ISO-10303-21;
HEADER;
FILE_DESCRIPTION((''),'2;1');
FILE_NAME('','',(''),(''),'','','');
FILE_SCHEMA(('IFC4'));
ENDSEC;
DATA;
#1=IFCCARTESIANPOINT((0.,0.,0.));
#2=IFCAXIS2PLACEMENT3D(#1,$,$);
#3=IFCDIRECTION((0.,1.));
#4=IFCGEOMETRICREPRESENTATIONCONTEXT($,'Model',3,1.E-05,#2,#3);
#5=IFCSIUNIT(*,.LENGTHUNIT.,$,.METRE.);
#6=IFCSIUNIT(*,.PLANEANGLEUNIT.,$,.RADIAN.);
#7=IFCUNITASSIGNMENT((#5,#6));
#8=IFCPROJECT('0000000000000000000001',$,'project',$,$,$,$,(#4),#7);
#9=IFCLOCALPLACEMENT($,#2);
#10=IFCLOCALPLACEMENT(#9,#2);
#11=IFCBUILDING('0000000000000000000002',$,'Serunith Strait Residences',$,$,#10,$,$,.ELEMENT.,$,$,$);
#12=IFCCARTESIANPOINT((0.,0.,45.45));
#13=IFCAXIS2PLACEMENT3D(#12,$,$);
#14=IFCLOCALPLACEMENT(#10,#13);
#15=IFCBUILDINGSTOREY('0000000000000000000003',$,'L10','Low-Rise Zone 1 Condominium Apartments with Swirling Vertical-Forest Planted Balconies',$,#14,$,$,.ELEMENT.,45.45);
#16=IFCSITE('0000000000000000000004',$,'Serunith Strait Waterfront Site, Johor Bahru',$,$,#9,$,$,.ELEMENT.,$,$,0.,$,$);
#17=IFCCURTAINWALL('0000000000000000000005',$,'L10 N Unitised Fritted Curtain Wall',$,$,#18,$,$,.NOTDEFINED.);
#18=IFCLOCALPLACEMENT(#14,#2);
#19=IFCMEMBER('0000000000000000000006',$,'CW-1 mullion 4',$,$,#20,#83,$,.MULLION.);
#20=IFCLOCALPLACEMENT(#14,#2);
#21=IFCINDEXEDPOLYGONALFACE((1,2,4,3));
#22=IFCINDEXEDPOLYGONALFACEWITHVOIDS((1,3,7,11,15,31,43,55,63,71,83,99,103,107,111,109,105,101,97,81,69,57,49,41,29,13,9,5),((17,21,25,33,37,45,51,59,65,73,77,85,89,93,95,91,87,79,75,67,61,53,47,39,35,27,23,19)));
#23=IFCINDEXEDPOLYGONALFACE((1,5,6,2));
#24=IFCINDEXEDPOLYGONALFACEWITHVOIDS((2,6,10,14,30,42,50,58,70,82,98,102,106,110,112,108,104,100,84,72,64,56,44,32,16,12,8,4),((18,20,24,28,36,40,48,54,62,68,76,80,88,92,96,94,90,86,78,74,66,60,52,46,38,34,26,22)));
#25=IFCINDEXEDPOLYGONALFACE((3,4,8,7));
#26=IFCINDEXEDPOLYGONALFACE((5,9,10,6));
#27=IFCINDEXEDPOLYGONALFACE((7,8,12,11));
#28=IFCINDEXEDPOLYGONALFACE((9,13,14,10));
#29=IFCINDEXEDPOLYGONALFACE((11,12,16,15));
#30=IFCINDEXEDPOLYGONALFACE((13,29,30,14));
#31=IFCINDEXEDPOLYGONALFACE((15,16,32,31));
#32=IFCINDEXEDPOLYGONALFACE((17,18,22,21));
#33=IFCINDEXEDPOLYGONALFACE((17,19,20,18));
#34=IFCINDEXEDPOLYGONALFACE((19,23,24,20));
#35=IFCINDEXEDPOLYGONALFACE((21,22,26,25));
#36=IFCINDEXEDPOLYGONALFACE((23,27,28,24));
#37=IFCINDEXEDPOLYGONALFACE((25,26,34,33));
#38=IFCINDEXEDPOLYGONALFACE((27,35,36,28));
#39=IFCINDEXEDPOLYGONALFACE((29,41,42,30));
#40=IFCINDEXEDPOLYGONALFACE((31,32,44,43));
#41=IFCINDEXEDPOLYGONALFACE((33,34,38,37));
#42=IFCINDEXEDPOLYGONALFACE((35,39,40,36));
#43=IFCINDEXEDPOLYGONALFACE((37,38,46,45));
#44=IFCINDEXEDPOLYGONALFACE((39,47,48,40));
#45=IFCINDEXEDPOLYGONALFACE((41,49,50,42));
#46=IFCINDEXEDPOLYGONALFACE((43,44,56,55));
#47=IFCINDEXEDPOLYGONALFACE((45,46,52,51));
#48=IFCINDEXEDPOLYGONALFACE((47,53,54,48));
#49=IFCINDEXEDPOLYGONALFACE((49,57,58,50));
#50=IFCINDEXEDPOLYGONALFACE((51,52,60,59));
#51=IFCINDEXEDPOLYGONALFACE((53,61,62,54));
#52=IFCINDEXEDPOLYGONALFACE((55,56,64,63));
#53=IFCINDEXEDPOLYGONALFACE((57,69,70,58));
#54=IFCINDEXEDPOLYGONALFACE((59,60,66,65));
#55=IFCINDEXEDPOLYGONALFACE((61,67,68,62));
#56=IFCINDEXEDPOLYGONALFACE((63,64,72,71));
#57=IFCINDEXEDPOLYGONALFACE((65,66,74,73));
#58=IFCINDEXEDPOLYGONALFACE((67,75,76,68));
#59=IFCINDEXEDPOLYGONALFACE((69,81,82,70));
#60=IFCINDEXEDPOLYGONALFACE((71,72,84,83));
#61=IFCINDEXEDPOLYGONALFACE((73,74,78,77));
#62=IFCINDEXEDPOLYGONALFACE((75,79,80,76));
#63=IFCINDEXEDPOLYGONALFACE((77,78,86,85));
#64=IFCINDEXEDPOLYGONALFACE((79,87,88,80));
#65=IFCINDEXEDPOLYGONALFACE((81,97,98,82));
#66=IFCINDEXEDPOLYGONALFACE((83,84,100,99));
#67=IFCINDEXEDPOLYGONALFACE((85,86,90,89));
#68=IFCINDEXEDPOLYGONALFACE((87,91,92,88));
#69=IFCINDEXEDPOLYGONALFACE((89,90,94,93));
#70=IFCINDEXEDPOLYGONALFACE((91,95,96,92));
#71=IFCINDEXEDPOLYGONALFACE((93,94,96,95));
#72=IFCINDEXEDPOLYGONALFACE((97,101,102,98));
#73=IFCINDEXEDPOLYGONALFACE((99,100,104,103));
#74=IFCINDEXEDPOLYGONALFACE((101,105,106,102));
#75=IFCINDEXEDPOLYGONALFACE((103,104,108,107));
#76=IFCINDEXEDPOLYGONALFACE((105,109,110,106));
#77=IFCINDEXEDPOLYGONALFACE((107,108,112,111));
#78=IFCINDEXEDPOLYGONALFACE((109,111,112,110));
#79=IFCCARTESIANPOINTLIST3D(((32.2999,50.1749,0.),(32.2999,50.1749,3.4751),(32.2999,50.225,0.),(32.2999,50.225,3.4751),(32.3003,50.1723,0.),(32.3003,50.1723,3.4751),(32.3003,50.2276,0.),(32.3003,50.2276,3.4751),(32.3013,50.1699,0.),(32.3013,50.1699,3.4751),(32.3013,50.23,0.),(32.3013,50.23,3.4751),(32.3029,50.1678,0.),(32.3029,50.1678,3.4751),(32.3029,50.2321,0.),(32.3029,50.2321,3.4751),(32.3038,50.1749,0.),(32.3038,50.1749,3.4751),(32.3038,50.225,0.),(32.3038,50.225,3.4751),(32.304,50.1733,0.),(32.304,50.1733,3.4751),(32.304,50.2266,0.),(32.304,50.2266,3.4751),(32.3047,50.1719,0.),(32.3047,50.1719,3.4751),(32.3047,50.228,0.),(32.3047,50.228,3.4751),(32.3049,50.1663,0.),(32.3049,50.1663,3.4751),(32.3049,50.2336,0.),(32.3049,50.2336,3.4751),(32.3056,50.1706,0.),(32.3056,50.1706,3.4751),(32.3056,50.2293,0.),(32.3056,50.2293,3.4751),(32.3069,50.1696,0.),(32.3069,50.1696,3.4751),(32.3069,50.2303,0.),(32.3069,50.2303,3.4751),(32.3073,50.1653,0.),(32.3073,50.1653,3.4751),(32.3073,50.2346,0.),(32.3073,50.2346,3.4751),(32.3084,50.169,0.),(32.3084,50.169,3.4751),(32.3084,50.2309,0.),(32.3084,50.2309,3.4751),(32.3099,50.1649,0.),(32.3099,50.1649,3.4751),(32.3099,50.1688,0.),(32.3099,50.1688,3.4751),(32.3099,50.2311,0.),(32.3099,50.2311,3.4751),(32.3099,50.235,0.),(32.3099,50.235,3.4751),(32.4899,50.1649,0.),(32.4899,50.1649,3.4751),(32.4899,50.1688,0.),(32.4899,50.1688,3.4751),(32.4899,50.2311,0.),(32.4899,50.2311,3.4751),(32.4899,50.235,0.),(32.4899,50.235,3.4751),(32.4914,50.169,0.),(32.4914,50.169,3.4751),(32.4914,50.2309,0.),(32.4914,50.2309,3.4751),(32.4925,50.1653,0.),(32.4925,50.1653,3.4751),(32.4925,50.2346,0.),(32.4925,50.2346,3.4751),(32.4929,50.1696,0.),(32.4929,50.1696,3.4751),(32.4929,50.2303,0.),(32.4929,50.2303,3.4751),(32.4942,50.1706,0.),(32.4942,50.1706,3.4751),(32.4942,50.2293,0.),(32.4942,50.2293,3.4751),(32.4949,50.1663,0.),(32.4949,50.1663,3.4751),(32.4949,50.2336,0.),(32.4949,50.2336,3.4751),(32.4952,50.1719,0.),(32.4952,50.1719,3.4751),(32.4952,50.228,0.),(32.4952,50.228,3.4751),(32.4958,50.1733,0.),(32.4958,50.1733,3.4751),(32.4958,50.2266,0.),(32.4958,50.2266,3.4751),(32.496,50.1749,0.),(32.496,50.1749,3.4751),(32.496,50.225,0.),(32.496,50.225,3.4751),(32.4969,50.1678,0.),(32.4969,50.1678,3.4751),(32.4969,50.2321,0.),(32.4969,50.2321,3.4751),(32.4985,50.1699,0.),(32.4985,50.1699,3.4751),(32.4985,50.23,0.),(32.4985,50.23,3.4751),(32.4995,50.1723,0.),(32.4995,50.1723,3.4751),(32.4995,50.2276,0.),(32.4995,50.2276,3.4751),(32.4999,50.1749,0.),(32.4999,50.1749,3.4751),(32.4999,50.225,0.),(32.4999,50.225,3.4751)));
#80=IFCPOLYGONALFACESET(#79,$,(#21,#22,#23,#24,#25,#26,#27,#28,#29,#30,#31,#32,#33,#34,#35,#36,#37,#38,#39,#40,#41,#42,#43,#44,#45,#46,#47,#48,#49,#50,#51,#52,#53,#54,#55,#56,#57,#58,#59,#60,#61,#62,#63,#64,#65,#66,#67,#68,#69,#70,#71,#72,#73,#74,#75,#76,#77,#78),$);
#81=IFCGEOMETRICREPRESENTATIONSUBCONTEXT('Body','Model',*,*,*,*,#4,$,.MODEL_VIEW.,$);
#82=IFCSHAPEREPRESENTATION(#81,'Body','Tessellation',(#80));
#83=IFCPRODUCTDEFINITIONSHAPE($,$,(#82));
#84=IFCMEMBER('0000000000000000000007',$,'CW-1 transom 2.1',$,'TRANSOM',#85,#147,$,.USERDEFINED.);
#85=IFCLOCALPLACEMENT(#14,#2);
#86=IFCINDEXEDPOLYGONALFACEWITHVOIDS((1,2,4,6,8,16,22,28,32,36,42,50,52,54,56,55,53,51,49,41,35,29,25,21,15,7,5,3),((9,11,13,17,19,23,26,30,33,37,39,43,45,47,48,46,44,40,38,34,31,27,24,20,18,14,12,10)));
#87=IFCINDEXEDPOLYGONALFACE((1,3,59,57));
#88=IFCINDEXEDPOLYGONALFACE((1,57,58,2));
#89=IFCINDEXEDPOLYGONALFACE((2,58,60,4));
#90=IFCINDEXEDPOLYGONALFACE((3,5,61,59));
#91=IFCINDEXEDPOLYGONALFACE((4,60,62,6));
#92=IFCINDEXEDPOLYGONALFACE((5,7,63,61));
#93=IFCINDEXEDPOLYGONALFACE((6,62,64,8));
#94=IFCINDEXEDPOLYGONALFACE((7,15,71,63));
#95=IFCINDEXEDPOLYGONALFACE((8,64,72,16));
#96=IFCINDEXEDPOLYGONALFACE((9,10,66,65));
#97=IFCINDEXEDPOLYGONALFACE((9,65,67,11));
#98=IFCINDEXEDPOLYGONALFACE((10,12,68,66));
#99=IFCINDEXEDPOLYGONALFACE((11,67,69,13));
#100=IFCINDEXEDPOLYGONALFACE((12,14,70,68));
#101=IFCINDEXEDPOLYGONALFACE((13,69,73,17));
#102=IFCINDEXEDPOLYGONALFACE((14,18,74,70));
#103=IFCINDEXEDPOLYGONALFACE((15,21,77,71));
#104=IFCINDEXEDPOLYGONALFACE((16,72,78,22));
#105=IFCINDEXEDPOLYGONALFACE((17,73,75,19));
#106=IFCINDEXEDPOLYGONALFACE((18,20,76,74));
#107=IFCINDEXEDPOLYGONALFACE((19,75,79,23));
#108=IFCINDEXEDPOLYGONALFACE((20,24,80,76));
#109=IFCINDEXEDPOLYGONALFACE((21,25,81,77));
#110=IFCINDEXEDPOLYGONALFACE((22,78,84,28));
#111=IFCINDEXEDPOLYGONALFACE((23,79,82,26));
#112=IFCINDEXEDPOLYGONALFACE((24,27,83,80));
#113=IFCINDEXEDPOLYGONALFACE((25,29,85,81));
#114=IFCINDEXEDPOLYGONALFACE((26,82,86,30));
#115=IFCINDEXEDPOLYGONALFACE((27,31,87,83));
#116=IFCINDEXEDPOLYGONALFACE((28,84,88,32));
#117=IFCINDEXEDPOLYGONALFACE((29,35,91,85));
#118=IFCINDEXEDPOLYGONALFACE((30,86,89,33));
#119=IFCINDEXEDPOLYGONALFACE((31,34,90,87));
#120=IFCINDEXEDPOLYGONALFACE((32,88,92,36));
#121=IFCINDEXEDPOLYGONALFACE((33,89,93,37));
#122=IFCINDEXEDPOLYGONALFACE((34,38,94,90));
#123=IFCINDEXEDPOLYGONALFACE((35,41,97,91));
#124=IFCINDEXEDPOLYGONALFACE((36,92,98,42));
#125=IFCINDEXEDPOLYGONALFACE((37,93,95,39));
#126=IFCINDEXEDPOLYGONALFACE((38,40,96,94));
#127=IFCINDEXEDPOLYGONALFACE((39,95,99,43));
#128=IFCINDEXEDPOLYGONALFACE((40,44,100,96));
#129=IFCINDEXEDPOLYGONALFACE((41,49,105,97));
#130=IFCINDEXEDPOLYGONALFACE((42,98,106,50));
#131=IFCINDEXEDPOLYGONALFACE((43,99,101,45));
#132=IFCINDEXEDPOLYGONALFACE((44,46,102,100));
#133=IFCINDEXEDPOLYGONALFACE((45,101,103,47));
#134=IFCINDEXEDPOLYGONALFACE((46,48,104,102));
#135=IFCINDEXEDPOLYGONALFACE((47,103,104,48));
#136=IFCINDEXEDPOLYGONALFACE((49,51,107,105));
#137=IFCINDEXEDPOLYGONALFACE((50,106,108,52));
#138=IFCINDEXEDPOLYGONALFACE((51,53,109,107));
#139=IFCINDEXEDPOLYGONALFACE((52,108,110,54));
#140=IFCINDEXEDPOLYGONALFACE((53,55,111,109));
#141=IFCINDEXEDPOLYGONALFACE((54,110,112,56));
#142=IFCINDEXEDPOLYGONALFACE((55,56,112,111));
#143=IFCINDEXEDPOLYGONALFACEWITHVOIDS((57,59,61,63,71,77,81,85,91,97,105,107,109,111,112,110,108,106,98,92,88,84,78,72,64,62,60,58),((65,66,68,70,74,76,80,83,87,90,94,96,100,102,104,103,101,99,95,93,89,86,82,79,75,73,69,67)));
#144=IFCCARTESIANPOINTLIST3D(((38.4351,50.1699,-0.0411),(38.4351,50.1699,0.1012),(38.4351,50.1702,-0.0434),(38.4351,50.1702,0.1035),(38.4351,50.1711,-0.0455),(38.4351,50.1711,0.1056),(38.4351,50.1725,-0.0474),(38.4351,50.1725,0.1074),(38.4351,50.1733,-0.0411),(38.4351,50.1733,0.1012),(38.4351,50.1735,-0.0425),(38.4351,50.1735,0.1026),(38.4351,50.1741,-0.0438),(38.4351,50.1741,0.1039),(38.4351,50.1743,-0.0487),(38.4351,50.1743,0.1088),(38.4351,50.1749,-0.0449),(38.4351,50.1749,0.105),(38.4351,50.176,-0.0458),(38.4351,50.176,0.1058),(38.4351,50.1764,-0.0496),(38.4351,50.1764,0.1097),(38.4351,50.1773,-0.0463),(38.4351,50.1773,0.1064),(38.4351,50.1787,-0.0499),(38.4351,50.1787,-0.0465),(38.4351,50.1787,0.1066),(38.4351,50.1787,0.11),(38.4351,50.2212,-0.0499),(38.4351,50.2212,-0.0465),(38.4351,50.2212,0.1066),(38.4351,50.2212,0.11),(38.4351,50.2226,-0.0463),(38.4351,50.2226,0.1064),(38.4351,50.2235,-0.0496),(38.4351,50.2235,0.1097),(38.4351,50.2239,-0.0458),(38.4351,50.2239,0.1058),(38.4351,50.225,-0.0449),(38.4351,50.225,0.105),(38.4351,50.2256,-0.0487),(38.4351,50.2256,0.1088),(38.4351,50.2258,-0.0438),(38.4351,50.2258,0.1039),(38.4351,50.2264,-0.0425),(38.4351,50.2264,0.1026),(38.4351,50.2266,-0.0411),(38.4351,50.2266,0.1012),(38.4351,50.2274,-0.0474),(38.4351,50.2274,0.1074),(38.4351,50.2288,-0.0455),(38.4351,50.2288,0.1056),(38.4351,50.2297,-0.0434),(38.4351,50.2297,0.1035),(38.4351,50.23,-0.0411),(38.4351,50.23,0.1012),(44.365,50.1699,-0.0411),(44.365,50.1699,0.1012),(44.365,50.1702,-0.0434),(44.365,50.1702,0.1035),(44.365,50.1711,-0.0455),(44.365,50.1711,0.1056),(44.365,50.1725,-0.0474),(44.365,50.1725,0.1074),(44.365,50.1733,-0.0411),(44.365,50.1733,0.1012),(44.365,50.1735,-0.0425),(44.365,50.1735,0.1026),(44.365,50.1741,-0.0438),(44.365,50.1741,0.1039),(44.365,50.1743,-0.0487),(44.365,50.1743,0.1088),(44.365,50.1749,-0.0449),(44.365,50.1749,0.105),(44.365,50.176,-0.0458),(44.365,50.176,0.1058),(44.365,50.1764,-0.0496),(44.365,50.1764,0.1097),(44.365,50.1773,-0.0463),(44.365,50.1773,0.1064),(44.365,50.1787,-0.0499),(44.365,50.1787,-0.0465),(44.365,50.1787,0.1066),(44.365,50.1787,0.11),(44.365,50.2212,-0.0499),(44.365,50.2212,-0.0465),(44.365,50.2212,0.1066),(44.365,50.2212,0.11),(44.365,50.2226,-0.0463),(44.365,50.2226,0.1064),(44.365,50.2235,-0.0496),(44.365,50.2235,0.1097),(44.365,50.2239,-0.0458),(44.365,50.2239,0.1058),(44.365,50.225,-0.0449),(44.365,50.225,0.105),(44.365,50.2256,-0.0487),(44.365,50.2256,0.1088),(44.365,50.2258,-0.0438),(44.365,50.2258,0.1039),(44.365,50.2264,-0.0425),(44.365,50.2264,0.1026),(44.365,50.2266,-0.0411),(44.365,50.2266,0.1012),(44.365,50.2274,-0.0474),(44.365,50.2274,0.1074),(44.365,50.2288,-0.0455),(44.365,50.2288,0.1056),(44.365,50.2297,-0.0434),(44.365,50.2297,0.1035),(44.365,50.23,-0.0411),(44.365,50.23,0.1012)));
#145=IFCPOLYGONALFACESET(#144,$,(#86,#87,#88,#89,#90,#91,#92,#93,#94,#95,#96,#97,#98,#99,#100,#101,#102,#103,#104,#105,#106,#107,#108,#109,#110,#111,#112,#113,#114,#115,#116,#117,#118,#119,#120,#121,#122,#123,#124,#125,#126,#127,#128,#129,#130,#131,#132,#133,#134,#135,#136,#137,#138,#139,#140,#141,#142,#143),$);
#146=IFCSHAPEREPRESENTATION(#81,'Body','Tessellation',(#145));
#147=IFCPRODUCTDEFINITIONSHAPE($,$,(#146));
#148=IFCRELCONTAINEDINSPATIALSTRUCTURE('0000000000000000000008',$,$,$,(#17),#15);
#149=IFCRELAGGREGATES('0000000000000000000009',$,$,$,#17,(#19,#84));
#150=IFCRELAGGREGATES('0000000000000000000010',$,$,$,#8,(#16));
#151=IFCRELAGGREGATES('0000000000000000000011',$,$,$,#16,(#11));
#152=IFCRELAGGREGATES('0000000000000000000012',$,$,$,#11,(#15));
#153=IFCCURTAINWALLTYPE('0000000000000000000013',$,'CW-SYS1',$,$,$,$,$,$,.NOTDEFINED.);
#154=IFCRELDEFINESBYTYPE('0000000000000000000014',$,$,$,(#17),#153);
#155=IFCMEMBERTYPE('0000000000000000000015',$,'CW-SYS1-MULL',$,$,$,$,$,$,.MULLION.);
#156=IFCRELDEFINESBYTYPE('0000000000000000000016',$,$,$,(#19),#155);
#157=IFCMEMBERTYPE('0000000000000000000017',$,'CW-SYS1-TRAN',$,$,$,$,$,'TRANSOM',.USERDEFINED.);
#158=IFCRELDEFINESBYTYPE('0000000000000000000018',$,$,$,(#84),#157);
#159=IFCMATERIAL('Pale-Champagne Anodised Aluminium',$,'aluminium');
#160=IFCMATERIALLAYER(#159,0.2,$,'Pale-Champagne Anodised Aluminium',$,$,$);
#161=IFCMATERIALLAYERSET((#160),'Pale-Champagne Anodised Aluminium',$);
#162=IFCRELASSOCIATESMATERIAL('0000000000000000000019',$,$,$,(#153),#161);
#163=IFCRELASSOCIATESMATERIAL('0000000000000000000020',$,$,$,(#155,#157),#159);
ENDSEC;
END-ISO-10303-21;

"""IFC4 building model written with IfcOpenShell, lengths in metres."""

from ifc_helpers import new_model, si_unit, direction, frame, origin, origin_2d, place, context, subcontext, project, spatial, hollow_rectangle, extrude, source, transform, mapped, material, layer, layer_set, material_profile, profile_set, type_object, element, aggregate, save


model = new_model("IFC4")

# Units and contexts
model_context = context("Model", 3, precision=1e-05, world=origin(), true_north=direction((0.0, 1.0)))
body_context = subcontext(model_context, "Body", "Model", "MODEL_VIEW")
ifc_project = project(units=[si_unit("LENGTHUNIT", "METRE"), si_unit("PLANEANGLEUNIT", "RADIAN")], contexts=[model_context])

# Site, building, storey
site_placement = place(None, origin())
site = spatial("IfcSite", under=ifc_project, at=site_placement, Name="Serunith Strait Waterfront Site, Johor Bahru", CompositionType="ELEMENT", RefElevation=0.0)
building_placement = place(site_placement, origin())
building = spatial("IfcBuilding", under=site, at=building_placement, Name="Serunith Strait Residences", CompositionType="ELEMENT")
storey_placement = place(building_placement, frame((0.0, 0.0, 45.45)))
storey = spatial("IfcBuildingStorey", under=building, at=storey_placement, Name="L10", Description="Low-Rise Zone 1 Condominium Apartments with Swirling Vertical-Forest Planted Balconies", CompositionType="ELEMENT", Elevation=45.45)

# Curtain wall, members
ifc_material_1 = material(Name="Pale-Champagne Anodised Aluminium", Category="aluminium")
ifc_layer_1 = layer(ifc_material_1, 0.2, Name="Pale-Champagne Anodised Aluminium")
ifc_layer_set_1 = layer_set([ifc_layer_1], Name="Pale-Champagne Anodised Aluminium")
curtain_wall_type = type_object("IfcCurtainWallType", Name="CW-SYS1", PredefinedType="NOTDEFINED", material=ifc_layer_set_1)
curtain_wall_placement = place(storey_placement, origin())
curtain_wall = element("IfcCurtainWall", 1, at=curtain_wall_placement, inside=storey, type_object=curtain_wall_type, Name="L10 N Unitised Fritted Curtain Wall", PredefinedType="NOTDEFINED")
ifc_material_profile_1 = material_profile(ifc_material_1, hollow_rectangle(XDim=0.0701, YDim=0.2, WallThickness=0.0039, InnerFilletRadius=0.0061, OuterFilletRadius=0.01, at=origin_2d()), Name="ALU 200x70x4")
ifc_profile_set_1 = profile_set([ifc_material_profile_1], Name="Pale-Champagne Anodised Aluminium")
member_type_1 = type_object("IfcMemberType", Name="CW-SYS1-MULL", PredefinedType="MULLION", material=ifc_profile_set_1)
shared_shape_1 = source(origin(), body_context, "Body", "SweptSolid", [
    extrude(hollow_rectangle(XDim=0.0701, YDim=0.2, WallThickness=0.0039, InnerFilletRadius=0.0061, OuterFilletRadius=0.01, at=origin_2d()), origin(), (0.0, 0.0, 1.0), 3.4751),
])
member_1_placement = place(storey_placement, frame((32.3999, 50.2, 0.0), z_axis=(0.0, 0.0, 1.0), x_axis=(0.0, -1.0, 0.0)))
member_1 = element("IfcMember", 2, at=member_1_placement, type_object=member_type_1, Name="CW-1 mullion 4", PredefinedType="MULLION", context=body_context, shape_type="MappedRepresentation", body=[
    mapped(shared_shape_1, transform((0.0, 0.0, 0.0), scale=1.0)),
])
ifc_material_profile_2 = material_profile(ifc_material_1, hollow_rectangle(XDim=0.0601, YDim=0.1599, WallThickness=0.0034, InnerFilletRadius=0.0054, OuterFilletRadius=0.0088, at=origin_2d()), Name="ALU 160x60x3.5")
ifc_profile_set_2 = profile_set([ifc_material_profile_2], Name="Pale-Champagne Anodised Aluminium")
member_type_2 = type_object("IfcMemberType", Name="CW-SYS1-TRAN", ElementType="TRANSOM", PredefinedType="USERDEFINED", material=ifc_profile_set_2)
shared_shape_2 = source(origin(), body_context, "Body", "SweptSolid", [
    extrude(hollow_rectangle(XDim=0.0601, YDim=0.1599, WallThickness=0.0034, InnerFilletRadius=0.0054, OuterFilletRadius=0.0088, at=origin_2d()), origin(), (0.0, 0.0, 1.0), 5.9299),
])
member_2_placement = place(storey_placement, frame((44.365, 50.2, 0.03), z_axis=(-1.0, 0.0, 0.0), x_axis=(0.0, -1.0, 0.0)))
member_2 = element("IfcMember", 3, at=member_2_placement, type_object=member_type_2, Name="CW-1 transom 2.1", ObjectType="TRANSOM", PredefinedType="USERDEFINED", context=body_context, shape_type="MappedRepresentation", body=[
    mapped(shared_shape_2, transform((0.0, 0.0, 0.0), scale=1.0)),
])
aggregate(curtain_wall, [member_1, member_2])

save(model, "model.ifc")
